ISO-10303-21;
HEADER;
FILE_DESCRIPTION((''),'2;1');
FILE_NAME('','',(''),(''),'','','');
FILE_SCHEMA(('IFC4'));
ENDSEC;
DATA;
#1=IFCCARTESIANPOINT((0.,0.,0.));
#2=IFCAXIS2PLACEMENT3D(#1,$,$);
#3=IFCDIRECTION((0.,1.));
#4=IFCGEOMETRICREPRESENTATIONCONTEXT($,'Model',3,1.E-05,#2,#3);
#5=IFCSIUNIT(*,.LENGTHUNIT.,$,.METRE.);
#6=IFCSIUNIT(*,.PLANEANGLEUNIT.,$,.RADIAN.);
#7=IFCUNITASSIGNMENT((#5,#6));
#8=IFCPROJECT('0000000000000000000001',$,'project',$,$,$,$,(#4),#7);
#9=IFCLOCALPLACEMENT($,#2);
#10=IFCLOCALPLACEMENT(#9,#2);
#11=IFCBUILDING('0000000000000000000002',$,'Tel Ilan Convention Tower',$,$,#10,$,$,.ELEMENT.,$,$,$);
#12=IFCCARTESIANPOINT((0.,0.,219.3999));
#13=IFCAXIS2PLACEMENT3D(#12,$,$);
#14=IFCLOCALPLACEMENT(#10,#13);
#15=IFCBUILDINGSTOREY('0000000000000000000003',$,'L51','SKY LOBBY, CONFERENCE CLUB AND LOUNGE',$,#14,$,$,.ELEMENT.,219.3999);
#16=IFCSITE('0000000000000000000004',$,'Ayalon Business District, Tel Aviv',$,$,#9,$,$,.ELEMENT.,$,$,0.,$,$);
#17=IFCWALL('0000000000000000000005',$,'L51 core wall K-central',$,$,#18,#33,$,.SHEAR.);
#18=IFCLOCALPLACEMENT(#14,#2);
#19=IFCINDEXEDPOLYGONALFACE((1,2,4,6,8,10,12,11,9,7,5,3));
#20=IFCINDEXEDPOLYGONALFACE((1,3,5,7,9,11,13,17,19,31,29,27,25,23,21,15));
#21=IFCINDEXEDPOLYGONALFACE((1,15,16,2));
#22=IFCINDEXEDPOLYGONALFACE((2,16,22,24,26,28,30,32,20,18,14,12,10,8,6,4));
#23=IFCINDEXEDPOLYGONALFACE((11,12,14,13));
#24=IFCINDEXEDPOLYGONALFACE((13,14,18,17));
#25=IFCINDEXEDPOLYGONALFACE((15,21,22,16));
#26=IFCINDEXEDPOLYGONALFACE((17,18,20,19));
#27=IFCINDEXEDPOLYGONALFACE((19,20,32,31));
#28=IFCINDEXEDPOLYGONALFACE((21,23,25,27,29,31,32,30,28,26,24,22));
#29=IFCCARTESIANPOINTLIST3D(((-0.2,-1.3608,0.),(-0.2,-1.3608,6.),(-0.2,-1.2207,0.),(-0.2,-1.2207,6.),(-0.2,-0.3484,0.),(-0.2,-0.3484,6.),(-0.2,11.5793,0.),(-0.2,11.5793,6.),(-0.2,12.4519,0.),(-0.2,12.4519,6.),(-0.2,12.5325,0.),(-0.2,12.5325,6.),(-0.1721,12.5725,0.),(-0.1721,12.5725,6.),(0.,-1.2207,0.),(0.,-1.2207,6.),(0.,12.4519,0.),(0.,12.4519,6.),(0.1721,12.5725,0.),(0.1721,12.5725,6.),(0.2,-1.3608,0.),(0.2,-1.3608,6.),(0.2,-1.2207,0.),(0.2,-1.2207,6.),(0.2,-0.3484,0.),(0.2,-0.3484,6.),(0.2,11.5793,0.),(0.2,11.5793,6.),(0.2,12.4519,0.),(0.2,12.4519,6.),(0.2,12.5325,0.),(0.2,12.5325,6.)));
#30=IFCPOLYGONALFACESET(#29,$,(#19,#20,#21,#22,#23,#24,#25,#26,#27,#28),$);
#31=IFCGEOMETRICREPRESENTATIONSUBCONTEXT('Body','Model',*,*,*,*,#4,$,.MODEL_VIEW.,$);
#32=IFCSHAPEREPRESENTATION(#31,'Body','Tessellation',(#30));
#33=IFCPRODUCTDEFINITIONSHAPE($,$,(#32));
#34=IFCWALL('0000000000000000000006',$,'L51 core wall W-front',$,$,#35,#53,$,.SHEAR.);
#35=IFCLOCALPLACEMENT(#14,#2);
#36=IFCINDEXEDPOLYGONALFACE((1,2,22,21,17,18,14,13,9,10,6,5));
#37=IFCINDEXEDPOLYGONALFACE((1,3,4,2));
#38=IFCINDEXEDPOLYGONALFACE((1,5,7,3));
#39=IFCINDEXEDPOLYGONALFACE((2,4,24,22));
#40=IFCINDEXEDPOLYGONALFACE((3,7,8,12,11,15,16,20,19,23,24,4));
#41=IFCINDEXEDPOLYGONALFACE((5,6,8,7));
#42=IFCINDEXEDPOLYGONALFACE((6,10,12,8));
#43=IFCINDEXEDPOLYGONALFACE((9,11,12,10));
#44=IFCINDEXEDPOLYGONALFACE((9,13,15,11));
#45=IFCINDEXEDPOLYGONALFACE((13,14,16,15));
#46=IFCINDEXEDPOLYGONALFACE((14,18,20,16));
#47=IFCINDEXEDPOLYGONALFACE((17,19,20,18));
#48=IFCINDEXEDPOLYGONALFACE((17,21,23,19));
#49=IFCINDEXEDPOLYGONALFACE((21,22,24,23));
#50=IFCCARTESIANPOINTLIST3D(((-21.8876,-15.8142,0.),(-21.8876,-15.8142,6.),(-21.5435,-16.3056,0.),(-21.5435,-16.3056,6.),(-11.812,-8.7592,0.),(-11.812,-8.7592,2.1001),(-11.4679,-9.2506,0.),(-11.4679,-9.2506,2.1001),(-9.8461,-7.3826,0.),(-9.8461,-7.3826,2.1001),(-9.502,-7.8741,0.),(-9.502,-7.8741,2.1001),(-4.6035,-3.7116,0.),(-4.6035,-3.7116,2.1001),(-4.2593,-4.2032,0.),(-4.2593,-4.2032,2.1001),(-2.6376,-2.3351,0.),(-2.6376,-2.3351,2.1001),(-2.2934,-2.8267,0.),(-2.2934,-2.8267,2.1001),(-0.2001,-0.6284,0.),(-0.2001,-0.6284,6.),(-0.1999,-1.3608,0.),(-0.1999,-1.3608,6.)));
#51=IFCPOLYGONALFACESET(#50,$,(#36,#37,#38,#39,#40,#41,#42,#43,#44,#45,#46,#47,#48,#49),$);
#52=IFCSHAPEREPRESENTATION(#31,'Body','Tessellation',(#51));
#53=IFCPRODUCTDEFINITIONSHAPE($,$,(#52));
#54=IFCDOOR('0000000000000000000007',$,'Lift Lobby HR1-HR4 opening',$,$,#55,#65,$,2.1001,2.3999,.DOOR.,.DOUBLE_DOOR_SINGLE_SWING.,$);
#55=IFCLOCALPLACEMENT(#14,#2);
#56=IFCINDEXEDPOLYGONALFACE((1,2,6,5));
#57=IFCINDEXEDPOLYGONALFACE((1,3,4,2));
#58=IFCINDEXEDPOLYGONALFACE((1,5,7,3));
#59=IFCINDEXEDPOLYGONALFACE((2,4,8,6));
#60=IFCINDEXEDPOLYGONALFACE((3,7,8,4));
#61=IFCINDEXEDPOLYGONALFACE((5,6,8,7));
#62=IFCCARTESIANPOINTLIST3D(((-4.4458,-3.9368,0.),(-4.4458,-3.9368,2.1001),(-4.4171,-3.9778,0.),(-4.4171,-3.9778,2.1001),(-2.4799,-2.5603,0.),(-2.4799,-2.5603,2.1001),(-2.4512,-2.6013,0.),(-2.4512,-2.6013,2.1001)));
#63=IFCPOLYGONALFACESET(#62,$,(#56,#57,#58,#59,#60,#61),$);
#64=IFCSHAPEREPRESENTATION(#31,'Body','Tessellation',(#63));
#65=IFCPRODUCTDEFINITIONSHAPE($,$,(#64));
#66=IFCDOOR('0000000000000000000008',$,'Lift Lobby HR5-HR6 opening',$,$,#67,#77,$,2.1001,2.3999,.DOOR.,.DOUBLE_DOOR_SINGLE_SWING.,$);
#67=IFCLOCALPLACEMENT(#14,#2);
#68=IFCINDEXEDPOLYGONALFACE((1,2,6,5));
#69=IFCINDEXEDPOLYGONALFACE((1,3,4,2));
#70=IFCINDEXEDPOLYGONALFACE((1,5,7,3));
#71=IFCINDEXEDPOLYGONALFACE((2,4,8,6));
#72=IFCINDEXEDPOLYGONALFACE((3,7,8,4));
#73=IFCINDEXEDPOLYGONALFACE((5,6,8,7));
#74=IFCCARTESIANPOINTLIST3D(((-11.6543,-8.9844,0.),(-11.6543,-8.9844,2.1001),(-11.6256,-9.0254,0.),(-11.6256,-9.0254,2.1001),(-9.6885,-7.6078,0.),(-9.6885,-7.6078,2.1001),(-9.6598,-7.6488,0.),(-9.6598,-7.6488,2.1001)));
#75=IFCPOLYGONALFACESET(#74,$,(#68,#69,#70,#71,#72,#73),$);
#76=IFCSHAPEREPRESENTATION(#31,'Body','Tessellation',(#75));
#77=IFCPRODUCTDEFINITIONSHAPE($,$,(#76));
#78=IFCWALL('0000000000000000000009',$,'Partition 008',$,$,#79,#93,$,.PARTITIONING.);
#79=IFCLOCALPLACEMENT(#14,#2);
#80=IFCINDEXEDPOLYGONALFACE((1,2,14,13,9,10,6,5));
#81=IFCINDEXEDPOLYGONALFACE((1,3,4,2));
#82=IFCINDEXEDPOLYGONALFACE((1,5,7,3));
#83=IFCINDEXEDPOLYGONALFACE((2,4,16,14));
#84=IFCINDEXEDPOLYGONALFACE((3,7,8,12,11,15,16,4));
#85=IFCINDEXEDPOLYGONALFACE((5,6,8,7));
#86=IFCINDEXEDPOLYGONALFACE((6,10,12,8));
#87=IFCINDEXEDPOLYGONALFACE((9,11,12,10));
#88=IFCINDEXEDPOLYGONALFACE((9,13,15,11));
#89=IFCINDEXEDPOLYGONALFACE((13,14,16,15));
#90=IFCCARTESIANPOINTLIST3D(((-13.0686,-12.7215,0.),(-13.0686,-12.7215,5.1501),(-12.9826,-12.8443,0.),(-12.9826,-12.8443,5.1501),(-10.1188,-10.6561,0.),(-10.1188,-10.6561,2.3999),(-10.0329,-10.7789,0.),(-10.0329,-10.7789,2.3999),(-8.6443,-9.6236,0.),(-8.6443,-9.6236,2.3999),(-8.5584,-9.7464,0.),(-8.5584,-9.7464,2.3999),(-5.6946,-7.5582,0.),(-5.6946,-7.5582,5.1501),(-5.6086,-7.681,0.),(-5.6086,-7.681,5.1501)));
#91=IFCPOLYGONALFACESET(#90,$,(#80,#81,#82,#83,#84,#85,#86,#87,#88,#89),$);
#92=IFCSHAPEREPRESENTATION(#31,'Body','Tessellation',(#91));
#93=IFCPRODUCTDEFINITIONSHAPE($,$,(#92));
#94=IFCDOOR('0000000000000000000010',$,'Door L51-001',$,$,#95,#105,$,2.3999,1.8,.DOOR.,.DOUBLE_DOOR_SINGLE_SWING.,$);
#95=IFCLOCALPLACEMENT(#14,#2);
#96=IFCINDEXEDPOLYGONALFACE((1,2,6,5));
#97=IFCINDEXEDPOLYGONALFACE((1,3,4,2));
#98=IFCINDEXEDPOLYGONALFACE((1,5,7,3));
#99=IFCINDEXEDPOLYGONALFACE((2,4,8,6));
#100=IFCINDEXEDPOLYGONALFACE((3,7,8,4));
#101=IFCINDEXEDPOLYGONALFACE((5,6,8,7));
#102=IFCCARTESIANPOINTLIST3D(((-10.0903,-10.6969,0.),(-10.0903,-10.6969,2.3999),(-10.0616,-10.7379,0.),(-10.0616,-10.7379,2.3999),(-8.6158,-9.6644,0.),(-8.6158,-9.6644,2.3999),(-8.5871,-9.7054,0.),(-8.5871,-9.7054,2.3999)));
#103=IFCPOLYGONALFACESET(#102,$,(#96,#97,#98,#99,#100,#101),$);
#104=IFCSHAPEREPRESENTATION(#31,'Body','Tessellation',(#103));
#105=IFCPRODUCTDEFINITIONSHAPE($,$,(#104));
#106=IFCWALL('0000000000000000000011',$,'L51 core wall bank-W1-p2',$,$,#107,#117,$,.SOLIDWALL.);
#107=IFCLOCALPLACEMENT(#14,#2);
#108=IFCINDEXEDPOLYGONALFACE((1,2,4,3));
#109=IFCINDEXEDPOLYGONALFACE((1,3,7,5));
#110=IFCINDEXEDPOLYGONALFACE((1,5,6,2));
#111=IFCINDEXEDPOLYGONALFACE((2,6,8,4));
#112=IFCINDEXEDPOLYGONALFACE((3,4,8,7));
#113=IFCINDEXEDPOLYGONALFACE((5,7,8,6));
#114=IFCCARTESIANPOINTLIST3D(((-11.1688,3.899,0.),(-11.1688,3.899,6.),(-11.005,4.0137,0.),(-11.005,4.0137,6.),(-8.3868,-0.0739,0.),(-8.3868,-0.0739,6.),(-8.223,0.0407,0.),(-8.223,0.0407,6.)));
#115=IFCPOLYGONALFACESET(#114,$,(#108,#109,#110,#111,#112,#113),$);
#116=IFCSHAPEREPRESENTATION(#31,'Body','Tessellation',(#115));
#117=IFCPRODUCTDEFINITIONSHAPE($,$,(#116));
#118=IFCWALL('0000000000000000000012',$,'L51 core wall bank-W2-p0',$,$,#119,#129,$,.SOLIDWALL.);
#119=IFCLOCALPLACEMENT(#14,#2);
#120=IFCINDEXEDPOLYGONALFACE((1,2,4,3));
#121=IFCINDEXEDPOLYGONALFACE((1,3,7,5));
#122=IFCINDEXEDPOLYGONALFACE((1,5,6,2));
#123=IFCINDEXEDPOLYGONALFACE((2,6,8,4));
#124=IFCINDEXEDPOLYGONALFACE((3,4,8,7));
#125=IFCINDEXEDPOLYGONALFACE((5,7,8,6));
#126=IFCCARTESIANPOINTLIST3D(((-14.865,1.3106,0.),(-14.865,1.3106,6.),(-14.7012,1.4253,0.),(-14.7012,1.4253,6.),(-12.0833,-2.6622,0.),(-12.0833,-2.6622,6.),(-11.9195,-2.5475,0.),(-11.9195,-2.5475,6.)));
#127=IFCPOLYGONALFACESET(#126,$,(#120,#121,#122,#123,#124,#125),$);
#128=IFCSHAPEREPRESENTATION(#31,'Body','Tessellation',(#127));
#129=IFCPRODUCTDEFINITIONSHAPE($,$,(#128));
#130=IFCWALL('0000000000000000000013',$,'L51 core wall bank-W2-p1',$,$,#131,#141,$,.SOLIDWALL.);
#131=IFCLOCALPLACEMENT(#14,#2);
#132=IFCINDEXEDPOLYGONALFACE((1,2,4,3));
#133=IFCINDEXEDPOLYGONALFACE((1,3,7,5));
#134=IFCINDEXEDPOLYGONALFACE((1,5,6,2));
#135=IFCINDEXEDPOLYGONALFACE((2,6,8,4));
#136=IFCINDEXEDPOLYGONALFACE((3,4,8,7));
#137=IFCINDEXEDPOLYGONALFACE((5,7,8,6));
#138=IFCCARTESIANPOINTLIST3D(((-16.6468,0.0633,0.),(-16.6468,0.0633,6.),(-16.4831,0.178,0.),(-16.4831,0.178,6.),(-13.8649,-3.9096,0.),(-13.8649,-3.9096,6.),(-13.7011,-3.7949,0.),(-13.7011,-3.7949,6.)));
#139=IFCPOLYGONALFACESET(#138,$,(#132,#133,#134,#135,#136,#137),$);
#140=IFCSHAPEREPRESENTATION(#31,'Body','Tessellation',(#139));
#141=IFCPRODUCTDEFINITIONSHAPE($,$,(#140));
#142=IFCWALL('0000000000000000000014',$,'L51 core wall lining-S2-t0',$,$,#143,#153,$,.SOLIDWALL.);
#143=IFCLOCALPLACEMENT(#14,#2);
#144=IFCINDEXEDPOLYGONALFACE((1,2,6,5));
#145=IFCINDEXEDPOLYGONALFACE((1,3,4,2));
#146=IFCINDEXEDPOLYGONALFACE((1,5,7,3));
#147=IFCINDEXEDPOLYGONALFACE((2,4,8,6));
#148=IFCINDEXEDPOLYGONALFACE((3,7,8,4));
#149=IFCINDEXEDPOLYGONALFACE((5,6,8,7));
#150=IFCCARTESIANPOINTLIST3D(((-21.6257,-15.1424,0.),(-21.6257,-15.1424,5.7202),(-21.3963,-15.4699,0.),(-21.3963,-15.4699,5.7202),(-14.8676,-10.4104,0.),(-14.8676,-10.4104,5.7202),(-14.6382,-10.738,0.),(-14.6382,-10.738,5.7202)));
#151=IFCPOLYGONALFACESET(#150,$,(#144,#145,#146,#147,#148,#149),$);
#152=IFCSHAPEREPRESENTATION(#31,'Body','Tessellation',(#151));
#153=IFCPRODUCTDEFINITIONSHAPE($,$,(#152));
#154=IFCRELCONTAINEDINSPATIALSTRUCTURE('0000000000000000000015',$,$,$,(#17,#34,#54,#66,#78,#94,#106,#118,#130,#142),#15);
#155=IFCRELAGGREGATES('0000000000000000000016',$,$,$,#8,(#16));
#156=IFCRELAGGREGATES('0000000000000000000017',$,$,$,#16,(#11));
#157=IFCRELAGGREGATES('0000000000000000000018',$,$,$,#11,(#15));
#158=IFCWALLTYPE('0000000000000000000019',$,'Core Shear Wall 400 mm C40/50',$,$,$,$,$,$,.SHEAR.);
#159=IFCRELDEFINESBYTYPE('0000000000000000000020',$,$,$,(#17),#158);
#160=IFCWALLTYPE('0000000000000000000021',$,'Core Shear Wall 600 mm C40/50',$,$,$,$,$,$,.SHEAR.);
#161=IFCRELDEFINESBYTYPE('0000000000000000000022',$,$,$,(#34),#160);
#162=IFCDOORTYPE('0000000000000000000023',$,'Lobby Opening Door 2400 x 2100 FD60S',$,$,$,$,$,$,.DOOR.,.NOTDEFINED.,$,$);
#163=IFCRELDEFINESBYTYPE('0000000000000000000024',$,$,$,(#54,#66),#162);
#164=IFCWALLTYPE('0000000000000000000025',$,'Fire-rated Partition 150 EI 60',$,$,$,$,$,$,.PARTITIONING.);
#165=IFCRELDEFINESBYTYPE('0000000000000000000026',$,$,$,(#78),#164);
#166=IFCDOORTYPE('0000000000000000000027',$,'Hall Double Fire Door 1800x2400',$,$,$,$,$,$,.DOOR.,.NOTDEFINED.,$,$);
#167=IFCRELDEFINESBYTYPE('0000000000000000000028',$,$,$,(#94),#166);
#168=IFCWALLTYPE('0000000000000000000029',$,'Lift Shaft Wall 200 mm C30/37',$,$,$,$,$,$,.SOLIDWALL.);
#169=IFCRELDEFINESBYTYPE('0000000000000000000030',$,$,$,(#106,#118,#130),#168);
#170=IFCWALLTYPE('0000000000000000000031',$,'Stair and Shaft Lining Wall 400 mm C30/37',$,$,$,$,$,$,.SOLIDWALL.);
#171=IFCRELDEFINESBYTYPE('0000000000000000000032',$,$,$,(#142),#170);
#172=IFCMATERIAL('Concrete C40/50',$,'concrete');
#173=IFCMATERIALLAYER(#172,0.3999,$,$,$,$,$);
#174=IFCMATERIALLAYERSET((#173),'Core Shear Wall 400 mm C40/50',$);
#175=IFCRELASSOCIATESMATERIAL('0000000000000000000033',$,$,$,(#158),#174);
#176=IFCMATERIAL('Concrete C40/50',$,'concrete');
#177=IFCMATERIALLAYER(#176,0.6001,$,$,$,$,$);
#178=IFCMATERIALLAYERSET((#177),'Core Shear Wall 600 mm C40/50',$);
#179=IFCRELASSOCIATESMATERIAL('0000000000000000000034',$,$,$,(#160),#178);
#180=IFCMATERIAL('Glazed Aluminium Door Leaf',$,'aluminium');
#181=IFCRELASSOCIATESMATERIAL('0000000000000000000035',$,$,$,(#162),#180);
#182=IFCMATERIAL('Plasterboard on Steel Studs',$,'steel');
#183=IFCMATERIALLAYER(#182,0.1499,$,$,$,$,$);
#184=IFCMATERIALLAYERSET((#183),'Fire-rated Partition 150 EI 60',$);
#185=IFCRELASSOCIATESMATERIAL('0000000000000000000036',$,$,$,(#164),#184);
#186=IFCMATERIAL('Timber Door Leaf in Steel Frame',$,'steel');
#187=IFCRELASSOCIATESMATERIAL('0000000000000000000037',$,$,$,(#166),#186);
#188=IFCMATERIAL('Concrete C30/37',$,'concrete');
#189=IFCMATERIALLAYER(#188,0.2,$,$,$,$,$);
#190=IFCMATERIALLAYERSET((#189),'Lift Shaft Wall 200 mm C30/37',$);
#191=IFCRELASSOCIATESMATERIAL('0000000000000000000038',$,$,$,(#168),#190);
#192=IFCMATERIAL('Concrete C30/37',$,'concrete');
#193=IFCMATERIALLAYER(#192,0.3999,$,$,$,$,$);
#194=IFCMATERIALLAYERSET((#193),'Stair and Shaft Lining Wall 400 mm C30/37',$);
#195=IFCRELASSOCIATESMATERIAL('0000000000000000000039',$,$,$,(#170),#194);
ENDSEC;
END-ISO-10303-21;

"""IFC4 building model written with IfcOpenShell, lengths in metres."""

from ifc_helpers import new_model, si_unit, direction, frame, frame_2d, origin, place, context, subcontext, project, spatial, polyline, rectangle, outline, extrude, material, layer, layer_set, type_object, element, fill, save


model = new_model("IFC4")

# Units and contexts
model_context = context("Model", 3, precision=1e-05, world=origin(), true_north=direction((0.0, 1.0)))
body_context = subcontext(model_context, "Body", "Model", "MODEL_VIEW")
ifc_project = project(units=[si_unit("LENGTHUNIT", "METRE"), si_unit("PLANEANGLEUNIT", "RADIAN")], contexts=[model_context])

# Site, building, storey
site_placement = place(None, origin())
site = spatial("IfcSite", under=ifc_project, at=site_placement, Name="Ayalon Business District, Tel Aviv", CompositionType="ELEMENT", RefElevation=0.0)
building_placement = place(site_placement, origin())
building = spatial("IfcBuilding", under=site, at=building_placement, Name="Tel Ilan Convention Tower", CompositionType="ELEMENT")
storey_placement = place(building_placement, frame((0.0, 0.0, 219.3999)))
storey = spatial("IfcBuildingStorey", under=building, at=storey_placement, Name="L51", Description="SKY LOBBY, CONFERENCE CLUB AND LOUNGE", CompositionType="ELEMENT", Elevation=219.3999)

# Wall
ifc_material_1 = material(Name="Concrete C40/50", Category="concrete")
ifc_layer_1 = layer(ifc_material_1, 0.3999)
ifc_layer_set_1 = layer_set([ifc_layer_1], Name="Core Shear Wall 400 mm C40/50")
wall_type_1 = type_object("IfcWallType", Name="Core Shear Wall 400 mm C40/50", PredefinedType="SHEAR", material=ifc_layer_set_1)
wall_1_placement = place(storey_placement, frame((0.0, -1.3608, 0.0), z_axis=(0.0, 0.0, 1.0), x_axis=(0.0, 1.0, 0.0)))
element("IfcWall", 1, at=wall_1_placement, inside=storey, type_object=wall_type_1, Name="L51 core wall K-central", PredefinedType="SHEAR", context=body_context, shape_type="SweptSolid", body=[
    extrude(outline(polyline([(0.1401, 0.2), (0.0, 0.2), (0.1401, 0.0), (0.0, -0.2), (0.1401, -0.2), (1.0125, -0.2), (12.9402, -0.2), (13.8127, -0.2), (13.8933, -0.2), (13.9333, -0.1721), (13.8127, 0.0), (13.9333, 0.1721), (13.8933, 0.2), (13.8127, 0.2), (12.9402, 0.2), (1.0125, 0.2), (0.1401, 0.2)])), origin(), (0.0, 0.0, 1.0), 6.0),
])

# Wall, openings, doors
ifc_material_2 = material(Name="Concrete C40/50", Category="concrete")
ifc_layer_2 = layer(ifc_material_2, 0.6001)
ifc_layer_set_2 = layer_set([ifc_layer_2], Name="Core Shear Wall 600 mm C40/50")
wall_type_2 = type_object("IfcWallType", Name="Core Shear Wall 600 mm C40/50", PredefinedType="SHEAR", material=ifc_layer_set_2)
wall_2_placement = place(storey_placement, frame((-0.0278, -0.874, 0.0), z_axis=(0.0, 0.0, 1.0), x_axis=(-0.81915, -0.573579, 0.0)))
wall_2 = element("IfcWall", 2, at=wall_2_placement, inside=storey, type_object=wall_type_2, Name="L51 core wall W-front", PredefinedType="SHEAR", context=body_context, shape_type="SweptSolid", body=[
    extrude(outline(polyline([(26.4758, 0.2998), (0.4202, 0.3), (0.0002, -0.3), (26.4758, -0.3), (26.4758, 0.2998)])), origin(), (0.0, 0.0, 1.0), 6.0),
])
opening_1_placement = place(wall_2_placement, frame((2.9758, 0.0, 0.0)))
opening_1 = element("IfcOpeningElement", 3, at=opening_1_placement, cuts=wall_2, PredefinedType="OPENING", context=body_context, shape_type="SweptSolid", body=[
    extrude(rectangle(XDim=2.3999, YDim=2.1001, at=frame_2d((1.2, 1.05))), frame((0.0, 0.3101, 0.0), z_axis=(0.0, -1.0, 0.0), x_axis=(1.0, 0.0, 0.0)), (0.0, 0.0, 1.0), 0.6201),
])
opening_2_placement = place(wall_2_placement, frame((11.7759, 0.0, 0.0)))
opening_2 = element("IfcOpeningElement", 4, at=opening_2_placement, cuts=wall_2, PredefinedType="OPENING", context=body_context, shape_type="SweptSolid", body=[
    extrude(rectangle(XDim=2.3999, YDim=2.1001, at=frame_2d((1.2, 1.05))), frame((0.0, 0.3101, 0.0), z_axis=(0.0, -1.0, 0.0), x_axis=(1.0, 0.0, 0.0)), (0.0, 0.0, 1.0), 0.6201),
])
ifc_material_3 = material(Name="Glazed Aluminium Door Leaf", Category="aluminium")
door_type_1 = type_object("IfcDoorType", Name="Lobby Opening Door 2400 x 2100 FD60S", OperationType="NOTDEFINED", PredefinedType="DOOR", material=ifc_material_3)
door_1_placement = place(opening_1_placement, origin())
door_1 = element("IfcDoor", 5, at=door_1_placement, inside=storey, type_object=door_type_1, Name="Lift Lobby HR1-HR4 opening", OperationType="DOUBLE_DOOR_SINGLE_SWING", OverallHeight=2.1001, OverallWidth=2.3999, PredefinedType="DOOR", context=body_context, shape_type="SweptSolid", body=[
    extrude(rectangle(XDim=2.3999, YDim=2.1001, at=frame_2d((1.2, 1.05))), frame((0.0, 0.0249, 0.0), z_axis=(0.0, -1.0, 0.0), x_axis=(1.0, 0.0, 0.0)), (0.0, 0.0, 1.0), 0.05),
])
fill(opening_1, door_1)
door_2_placement = place(opening_2_placement, origin())
door_2 = element("IfcDoor", 6, at=door_2_placement, inside=storey, type_object=door_type_1, Name="Lift Lobby HR5-HR6 opening", OperationType="DOUBLE_DOOR_SINGLE_SWING", OverallHeight=2.1001, OverallWidth=2.3999, PredefinedType="DOOR", context=body_context, shape_type="SweptSolid", body=[
    extrude(rectangle(XDim=2.3999, YDim=2.1001, at=frame_2d((1.2, 1.05))), frame((0.0, 0.0249, 0.0), z_axis=(0.0, -1.0, 0.0), x_axis=(1.0, 0.0, 0.0)), (0.0, 0.0, 1.0), 0.05),
])
fill(opening_2, door_2)

# Wall, opening, door
ifc_material_4 = material(Name="Plasterboard on Steel Studs", Category="steel")
ifc_layer_3 = layer(ifc_material_4, 0.1499)
ifc_layer_set_3 = layer_set([ifc_layer_3], Name="Fire-rated Partition 150 EI 60")
wall_type_3 = type_object("IfcWallType", Name="Fire-rated Partition 150 EI 60", PredefinedType="PARTITIONING", material=ifc_layer_set_3)
wall_3_placement = place(storey_placement, frame((-5.6516, -7.6196, 0.0), z_axis=(0.0, 0.0, 1.0), x_axis=(-0.819153, -0.573575, 0.0)))
wall_3 = element("IfcWall", 7, at=wall_3_placement, inside=storey, type_object=wall_type_3, Name="Partition 008", PredefinedType="PARTITIONING", context=body_context, shape_type="SweptSolid", body=[
    extrude(rectangle(XDim=9.002, YDim=0.1499, at=frame_2d((4.501, 0.0))), origin(), (0.0, 0.0, 1.0), 5.1501),
])
opening_3_placement = place(wall_3_placement, frame((3.6011, 0.0, 0.0)))
opening_3 = element("IfcOpeningElement", 8, at=opening_3_placement, cuts=wall_3, PredefinedType="OPENING", context=body_context, shape_type="SweptSolid", body=[
    extrude(rectangle(XDim=1.8, YDim=2.3999, at=frame_2d((0.8999, 1.2))), frame((0.0, 0.085, 0.0), z_axis=(0.0, -1.0, 0.0), x_axis=(1.0, 0.0, 0.0)), (0.0, 0.0, 1.0), 0.1699),
])
ifc_material_5 = material(Name="Timber Door Leaf in Steel Frame", Category="steel")
door_type_2 = type_object("IfcDoorType", Name="Hall Double Fire Door 1800x2400", OperationType="NOTDEFINED", PredefinedType="DOOR", material=ifc_material_5)
door_3_placement = place(opening_3_placement, origin())
door_3 = element("IfcDoor", 9, at=door_3_placement, inside=storey, type_object=door_type_2, Name="Door L51-001", OperationType="DOUBLE_DOOR_SINGLE_SWING", OverallHeight=2.3999, OverallWidth=1.8, PredefinedType="DOOR", context=body_context, shape_type="SweptSolid", body=[
    extrude(rectangle(XDim=1.8, YDim=2.3999, at=frame_2d((0.8999, 1.2))), frame((0.0, 0.0249, 0.0), z_axis=(0.0, -1.0, 0.0), x_axis=(1.0, 0.0, 0.0)), (0.0, 0.0, 1.0), 0.05),
])
fill(opening_3, door_3)

# Walls
ifc_material_6 = material(Name="Concrete C30/37", Category="concrete")
ifc_layer_4 = layer(ifc_material_6, 0.2)
ifc_layer_set_4 = layer_set([ifc_layer_4], Name="Lift Shaft Wall 200 mm C30/37")
wall_type_4 = type_object("IfcWallType", Name="Lift Shaft Wall 200 mm C30/37", PredefinedType="SOLIDWALL", material=ifc_layer_set_4)
wall_4_placement = place(storey_placement, frame((-8.3049, -0.0166, 0.0), z_axis=(0.0, 0.0, 1.0), x_axis=(-0.573594, 0.81914, 0.0)))
element("IfcWall", 10, at=wall_4_placement, inside=storey, type_object=wall_type_4, Name="L51 core wall bank-W1-p2", PredefinedType="SOLIDWALL", context=body_context, shape_type="SweptSolid", body=[
    extrude(rectangle(XDim=4.8501, YDim=0.2, at=frame_2d((2.425, 0.0))), origin(), (0.0, 0.0, 1.0), 6.0),
])
wall_5_placement = place(storey_placement, frame((-12.0015, -2.6047, 0.0), z_axis=(0.0, 0.0, 1.0), x_axis=(-0.57356, 0.819163, 0.0)))
element("IfcWall", 11, at=wall_5_placement, inside=storey, type_object=wall_type_4, Name="L51 core wall bank-W2-p0", PredefinedType="SOLIDWALL", context=body_context, shape_type="SweptSolid", body=[
    extrude(rectangle(XDim=4.8499, YDim=0.2, at=frame_2d((2.4248, 0.0))), origin(), (0.0, 0.0, 1.0), 6.0),
])
wall_6_placement = place(storey_placement, frame((-13.783, -3.8523, 0.0), z_axis=(0.0, 0.0, 1.0), x_axis=(-0.573594, 0.81914, 0.0)))
element("IfcWall", 12, at=wall_6_placement, inside=storey, type_object=wall_type_4, Name="L51 core wall bank-W2-p1", PredefinedType="SOLIDWALL", context=body_context, shape_type="SweptSolid", body=[
    extrude(rectangle(XDim=4.8501, YDim=0.2, at=frame_2d((2.425, 0.0))), origin(), (0.0, 0.0, 1.0), 6.0),
])
ifc_material_7 = material(Name="Concrete C30/37", Category="concrete")
ifc_layer_5 = layer(ifc_material_7, 0.3999)
ifc_layer_set_5 = layer_set([ifc_layer_5], Name="Stair and Shaft Lining Wall 400 mm C30/37")
wall_type_5 = type_object("IfcWallType", Name="Stair and Shaft Lining Wall 400 mm C30/37", PredefinedType="SOLIDWALL", material=ifc_layer_set_5)
wall_7_placement = place(storey_placement, frame((-14.7529, -10.5742, 0.0), z_axis=(0.0, 0.0, 1.0), x_axis=(-0.819158, -0.573568, 0.0)))
element("IfcWall", 13, at=wall_7_placement, inside=storey, type_object=wall_type_5, Name="L51 core wall lining-S2-t0", PredefinedType="SOLIDWALL", context=body_context, shape_type="SweptSolid", body=[
    extrude(rectangle(XDim=8.25, YDim=0.3999, at=frame_2d((4.125, 0.0))), origin(), (0.0, 0.0, 1.0), 5.7202),
])

save(model, "model.ifc")
